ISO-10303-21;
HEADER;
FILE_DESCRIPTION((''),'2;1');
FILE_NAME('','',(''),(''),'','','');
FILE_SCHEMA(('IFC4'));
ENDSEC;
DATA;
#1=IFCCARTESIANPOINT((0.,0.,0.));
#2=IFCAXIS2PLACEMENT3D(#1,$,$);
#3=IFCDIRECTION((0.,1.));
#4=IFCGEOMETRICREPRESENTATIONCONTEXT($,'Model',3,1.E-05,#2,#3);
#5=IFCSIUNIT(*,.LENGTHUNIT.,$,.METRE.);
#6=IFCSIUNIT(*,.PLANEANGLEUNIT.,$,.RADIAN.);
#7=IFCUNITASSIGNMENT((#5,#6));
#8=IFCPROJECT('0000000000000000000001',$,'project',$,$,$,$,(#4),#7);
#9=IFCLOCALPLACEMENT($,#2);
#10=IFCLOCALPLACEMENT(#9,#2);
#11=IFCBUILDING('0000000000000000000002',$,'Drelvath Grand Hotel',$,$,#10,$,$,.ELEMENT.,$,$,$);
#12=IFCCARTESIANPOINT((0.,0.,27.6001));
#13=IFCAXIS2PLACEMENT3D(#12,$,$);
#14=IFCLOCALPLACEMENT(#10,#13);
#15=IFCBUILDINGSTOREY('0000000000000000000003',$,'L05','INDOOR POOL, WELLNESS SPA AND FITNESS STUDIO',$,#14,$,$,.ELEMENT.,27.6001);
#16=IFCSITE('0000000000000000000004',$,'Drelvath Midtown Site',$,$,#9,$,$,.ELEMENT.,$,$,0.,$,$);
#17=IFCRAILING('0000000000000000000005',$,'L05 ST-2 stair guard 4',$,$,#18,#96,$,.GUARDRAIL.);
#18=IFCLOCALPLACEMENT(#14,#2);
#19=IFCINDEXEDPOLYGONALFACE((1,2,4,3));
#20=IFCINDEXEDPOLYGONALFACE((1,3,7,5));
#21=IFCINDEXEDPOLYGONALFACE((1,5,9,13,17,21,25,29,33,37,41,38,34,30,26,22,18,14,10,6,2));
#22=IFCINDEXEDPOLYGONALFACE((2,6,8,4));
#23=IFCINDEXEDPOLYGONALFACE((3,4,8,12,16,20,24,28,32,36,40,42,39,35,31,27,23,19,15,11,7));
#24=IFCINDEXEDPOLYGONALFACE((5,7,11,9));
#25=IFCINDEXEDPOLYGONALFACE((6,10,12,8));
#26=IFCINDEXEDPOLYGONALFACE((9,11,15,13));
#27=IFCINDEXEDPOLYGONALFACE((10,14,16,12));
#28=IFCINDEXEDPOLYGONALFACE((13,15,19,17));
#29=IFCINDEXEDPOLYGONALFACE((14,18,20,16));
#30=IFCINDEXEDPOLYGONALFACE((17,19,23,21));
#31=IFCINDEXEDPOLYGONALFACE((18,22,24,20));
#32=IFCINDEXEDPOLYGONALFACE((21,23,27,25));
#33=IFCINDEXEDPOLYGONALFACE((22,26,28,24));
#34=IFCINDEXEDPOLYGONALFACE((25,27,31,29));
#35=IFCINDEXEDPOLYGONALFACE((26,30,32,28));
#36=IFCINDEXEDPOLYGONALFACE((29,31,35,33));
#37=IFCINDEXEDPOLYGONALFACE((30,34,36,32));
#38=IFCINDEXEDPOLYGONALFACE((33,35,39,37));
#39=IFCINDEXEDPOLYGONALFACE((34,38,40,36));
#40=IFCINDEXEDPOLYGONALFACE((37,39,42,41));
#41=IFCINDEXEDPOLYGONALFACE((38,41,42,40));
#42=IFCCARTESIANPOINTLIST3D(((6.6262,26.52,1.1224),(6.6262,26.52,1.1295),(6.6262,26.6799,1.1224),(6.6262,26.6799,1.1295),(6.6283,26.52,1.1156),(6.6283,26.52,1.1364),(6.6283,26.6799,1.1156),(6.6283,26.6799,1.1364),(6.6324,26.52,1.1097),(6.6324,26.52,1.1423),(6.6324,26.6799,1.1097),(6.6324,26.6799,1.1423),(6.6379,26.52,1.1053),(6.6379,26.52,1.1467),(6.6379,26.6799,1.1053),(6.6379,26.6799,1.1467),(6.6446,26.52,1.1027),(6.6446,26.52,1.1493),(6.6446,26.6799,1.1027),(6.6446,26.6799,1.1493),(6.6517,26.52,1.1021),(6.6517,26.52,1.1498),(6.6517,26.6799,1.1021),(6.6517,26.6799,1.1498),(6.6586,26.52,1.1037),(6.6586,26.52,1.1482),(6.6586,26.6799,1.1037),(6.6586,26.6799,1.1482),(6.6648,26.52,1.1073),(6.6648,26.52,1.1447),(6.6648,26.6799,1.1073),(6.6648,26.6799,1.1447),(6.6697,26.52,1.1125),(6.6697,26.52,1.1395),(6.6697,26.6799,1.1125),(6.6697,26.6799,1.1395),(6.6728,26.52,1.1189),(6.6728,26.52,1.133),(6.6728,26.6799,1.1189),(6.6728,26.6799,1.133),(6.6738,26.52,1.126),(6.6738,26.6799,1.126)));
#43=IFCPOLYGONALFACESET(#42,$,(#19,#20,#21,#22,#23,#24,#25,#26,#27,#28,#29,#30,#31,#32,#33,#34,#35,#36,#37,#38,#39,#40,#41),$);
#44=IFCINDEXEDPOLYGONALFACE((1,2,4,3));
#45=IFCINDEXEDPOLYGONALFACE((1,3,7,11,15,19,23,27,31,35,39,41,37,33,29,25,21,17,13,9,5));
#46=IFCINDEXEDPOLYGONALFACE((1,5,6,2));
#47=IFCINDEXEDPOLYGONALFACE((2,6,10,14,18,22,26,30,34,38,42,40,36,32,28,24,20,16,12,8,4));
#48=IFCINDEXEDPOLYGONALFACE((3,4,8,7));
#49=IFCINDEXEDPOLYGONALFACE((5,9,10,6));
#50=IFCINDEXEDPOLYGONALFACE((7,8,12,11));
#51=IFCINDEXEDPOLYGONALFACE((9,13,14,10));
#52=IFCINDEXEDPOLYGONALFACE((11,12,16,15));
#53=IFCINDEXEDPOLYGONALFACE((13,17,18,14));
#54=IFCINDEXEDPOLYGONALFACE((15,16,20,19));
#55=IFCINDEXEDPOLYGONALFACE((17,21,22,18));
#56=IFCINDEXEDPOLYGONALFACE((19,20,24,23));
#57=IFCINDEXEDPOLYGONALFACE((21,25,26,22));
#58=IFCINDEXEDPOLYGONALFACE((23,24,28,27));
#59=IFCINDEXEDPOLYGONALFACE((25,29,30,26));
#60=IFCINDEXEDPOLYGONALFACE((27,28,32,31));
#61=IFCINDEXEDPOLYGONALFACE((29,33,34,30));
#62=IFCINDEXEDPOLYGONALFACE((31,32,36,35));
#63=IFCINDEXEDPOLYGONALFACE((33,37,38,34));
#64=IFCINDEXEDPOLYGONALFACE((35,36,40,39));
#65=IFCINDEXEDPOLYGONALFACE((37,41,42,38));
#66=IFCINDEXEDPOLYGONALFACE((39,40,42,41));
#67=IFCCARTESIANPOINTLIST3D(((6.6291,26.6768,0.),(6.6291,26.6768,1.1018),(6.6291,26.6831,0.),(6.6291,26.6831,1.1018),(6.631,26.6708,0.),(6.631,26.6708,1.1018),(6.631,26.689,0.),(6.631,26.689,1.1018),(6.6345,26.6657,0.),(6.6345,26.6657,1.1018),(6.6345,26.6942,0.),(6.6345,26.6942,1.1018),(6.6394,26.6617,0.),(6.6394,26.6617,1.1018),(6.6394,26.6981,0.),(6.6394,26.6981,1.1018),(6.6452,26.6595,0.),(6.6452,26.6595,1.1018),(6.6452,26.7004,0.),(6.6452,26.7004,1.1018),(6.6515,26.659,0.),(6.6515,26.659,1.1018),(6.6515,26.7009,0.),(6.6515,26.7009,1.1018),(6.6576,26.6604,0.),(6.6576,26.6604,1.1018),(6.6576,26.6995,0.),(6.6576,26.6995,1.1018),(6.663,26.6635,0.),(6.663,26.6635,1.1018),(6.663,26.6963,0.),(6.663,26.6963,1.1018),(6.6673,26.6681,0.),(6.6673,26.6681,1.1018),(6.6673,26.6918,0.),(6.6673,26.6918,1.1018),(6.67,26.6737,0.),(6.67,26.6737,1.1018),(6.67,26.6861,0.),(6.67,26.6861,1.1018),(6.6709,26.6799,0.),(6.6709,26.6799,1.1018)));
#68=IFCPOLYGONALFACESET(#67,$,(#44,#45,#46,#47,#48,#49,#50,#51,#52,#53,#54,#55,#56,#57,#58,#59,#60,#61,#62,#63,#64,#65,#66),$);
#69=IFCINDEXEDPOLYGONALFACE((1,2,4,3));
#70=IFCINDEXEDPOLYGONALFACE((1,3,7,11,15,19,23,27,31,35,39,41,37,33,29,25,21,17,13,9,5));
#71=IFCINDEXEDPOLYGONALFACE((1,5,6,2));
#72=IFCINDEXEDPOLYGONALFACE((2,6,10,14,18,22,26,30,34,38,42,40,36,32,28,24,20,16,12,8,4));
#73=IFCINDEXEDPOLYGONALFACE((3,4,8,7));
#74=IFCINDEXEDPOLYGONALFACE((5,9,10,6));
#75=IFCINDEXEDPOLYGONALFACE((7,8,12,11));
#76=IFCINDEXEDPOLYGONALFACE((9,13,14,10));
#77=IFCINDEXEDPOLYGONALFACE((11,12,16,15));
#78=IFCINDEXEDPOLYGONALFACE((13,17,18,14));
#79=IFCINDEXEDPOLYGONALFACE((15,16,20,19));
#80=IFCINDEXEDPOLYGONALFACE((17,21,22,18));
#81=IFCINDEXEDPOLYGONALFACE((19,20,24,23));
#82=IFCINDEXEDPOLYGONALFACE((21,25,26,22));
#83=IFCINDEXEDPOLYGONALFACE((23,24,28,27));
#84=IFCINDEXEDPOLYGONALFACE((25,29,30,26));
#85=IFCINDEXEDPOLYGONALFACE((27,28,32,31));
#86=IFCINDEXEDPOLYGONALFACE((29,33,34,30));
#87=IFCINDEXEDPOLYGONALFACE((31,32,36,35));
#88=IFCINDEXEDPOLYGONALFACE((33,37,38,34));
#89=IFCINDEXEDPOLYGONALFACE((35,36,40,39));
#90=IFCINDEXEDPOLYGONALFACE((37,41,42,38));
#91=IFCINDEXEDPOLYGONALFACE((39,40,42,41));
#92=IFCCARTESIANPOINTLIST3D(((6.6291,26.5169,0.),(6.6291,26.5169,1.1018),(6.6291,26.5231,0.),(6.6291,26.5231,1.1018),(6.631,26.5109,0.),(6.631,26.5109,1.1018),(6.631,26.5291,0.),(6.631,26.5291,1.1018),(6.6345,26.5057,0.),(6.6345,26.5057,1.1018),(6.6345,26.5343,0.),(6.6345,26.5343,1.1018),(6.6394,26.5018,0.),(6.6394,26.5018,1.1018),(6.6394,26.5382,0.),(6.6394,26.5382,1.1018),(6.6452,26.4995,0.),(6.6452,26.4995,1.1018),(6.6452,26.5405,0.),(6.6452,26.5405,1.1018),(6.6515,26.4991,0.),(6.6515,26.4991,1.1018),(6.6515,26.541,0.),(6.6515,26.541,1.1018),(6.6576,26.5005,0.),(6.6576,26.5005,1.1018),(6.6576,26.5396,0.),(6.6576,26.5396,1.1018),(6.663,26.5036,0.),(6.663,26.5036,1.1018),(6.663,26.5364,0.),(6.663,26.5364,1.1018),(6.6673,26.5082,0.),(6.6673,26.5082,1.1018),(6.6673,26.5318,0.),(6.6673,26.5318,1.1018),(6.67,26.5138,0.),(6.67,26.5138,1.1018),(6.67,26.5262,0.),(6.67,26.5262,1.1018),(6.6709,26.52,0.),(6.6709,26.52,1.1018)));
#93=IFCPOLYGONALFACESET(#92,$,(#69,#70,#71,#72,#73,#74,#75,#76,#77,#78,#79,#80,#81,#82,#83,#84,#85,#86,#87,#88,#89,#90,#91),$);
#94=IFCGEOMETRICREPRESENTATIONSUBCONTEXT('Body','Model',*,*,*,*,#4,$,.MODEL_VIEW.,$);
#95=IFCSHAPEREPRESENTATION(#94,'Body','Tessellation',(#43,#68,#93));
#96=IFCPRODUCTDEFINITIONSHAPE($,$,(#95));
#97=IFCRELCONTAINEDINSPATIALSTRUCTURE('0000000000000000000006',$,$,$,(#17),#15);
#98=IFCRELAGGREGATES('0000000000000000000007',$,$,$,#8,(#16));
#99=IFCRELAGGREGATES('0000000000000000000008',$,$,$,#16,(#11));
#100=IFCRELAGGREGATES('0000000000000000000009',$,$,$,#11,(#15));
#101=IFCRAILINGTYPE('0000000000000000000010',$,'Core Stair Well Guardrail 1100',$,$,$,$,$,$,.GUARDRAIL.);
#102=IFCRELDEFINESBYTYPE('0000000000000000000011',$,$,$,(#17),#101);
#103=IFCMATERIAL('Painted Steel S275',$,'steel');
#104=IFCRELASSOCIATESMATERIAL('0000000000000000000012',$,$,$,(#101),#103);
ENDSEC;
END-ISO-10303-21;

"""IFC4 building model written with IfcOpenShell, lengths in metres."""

from ifc_helpers import new_model, si_unit, direction, frame, origin, origin_2d, place, context, subcontext, project, spatial, circle, extrude, material, type_object, element, save


model = new_model("IFC4")

# Units and contexts
model_context = context("Model", 3, precision=1e-05, world=origin(), true_north=direction((0.0, 1.0)))
body_context = subcontext(model_context, "Body", "Model", "MODEL_VIEW")
ifc_project = project(units=[si_unit("LENGTHUNIT", "METRE"), si_unit("PLANEANGLEUNIT", "RADIAN")], contexts=[model_context])

# Site, building, storey
site_placement = place(None, origin())
site = spatial("IfcSite", under=ifc_project, at=site_placement, Name="Drelvath Midtown Site", CompositionType="ELEMENT", RefElevation=0.0)
building_placement = place(site_placement, origin())
building = spatial("IfcBuilding", under=site, at=building_placement, Name="Drelvath Grand Hotel", CompositionType="ELEMENT")
storey_placement = place(building_placement, frame((0.0, 0.0, 27.6001)))
storey = spatial("IfcBuildingStorey", under=building, at=storey_placement, Name="L05", Description="INDOOR POOL, WELLNESS SPA AND FITNESS STUDIO", CompositionType="ELEMENT", Elevation=27.6001)

# Shared definitions
ifc_material_1 = material(Name="Painted Steel S275", Category="steel")

# Railing
railing_type = type_object("IfcRailingType", Name="Core Stair Well Guardrail 1100", PredefinedType="GUARDRAIL", material=ifc_material_1)
railing_placement = place(storey_placement, frame((6.6499, 26.6799, 0.0)))
element("IfcRailing", 1, at=railing_placement, inside=storey, type_object=railing_type, Name="L05 ST-2 stair guard 4", PredefinedType="GUARDRAIL", context=body_context, shape_type="SweptSolid", body=[
    extrude(circle(Radius=0.0239, at=origin_2d()), frame((0.0, 0.0, 1.126), z_axis=(0.0, -1.0, 0.0), x_axis=(1.0, 0.0, 0.0)), (0.0, 0.0, 1.0), 0.1599),
    extrude(circle(Radius=0.021, at=origin_2d()), origin(), (0.0, 0.0, 1.0), 1.1018),
    extrude(circle(Radius=0.021, at=origin_2d()), frame((0.0, -0.1599, 0.0)), (0.0, 0.0, 1.0), 1.1018),
])

save(model, "model.ifc")
